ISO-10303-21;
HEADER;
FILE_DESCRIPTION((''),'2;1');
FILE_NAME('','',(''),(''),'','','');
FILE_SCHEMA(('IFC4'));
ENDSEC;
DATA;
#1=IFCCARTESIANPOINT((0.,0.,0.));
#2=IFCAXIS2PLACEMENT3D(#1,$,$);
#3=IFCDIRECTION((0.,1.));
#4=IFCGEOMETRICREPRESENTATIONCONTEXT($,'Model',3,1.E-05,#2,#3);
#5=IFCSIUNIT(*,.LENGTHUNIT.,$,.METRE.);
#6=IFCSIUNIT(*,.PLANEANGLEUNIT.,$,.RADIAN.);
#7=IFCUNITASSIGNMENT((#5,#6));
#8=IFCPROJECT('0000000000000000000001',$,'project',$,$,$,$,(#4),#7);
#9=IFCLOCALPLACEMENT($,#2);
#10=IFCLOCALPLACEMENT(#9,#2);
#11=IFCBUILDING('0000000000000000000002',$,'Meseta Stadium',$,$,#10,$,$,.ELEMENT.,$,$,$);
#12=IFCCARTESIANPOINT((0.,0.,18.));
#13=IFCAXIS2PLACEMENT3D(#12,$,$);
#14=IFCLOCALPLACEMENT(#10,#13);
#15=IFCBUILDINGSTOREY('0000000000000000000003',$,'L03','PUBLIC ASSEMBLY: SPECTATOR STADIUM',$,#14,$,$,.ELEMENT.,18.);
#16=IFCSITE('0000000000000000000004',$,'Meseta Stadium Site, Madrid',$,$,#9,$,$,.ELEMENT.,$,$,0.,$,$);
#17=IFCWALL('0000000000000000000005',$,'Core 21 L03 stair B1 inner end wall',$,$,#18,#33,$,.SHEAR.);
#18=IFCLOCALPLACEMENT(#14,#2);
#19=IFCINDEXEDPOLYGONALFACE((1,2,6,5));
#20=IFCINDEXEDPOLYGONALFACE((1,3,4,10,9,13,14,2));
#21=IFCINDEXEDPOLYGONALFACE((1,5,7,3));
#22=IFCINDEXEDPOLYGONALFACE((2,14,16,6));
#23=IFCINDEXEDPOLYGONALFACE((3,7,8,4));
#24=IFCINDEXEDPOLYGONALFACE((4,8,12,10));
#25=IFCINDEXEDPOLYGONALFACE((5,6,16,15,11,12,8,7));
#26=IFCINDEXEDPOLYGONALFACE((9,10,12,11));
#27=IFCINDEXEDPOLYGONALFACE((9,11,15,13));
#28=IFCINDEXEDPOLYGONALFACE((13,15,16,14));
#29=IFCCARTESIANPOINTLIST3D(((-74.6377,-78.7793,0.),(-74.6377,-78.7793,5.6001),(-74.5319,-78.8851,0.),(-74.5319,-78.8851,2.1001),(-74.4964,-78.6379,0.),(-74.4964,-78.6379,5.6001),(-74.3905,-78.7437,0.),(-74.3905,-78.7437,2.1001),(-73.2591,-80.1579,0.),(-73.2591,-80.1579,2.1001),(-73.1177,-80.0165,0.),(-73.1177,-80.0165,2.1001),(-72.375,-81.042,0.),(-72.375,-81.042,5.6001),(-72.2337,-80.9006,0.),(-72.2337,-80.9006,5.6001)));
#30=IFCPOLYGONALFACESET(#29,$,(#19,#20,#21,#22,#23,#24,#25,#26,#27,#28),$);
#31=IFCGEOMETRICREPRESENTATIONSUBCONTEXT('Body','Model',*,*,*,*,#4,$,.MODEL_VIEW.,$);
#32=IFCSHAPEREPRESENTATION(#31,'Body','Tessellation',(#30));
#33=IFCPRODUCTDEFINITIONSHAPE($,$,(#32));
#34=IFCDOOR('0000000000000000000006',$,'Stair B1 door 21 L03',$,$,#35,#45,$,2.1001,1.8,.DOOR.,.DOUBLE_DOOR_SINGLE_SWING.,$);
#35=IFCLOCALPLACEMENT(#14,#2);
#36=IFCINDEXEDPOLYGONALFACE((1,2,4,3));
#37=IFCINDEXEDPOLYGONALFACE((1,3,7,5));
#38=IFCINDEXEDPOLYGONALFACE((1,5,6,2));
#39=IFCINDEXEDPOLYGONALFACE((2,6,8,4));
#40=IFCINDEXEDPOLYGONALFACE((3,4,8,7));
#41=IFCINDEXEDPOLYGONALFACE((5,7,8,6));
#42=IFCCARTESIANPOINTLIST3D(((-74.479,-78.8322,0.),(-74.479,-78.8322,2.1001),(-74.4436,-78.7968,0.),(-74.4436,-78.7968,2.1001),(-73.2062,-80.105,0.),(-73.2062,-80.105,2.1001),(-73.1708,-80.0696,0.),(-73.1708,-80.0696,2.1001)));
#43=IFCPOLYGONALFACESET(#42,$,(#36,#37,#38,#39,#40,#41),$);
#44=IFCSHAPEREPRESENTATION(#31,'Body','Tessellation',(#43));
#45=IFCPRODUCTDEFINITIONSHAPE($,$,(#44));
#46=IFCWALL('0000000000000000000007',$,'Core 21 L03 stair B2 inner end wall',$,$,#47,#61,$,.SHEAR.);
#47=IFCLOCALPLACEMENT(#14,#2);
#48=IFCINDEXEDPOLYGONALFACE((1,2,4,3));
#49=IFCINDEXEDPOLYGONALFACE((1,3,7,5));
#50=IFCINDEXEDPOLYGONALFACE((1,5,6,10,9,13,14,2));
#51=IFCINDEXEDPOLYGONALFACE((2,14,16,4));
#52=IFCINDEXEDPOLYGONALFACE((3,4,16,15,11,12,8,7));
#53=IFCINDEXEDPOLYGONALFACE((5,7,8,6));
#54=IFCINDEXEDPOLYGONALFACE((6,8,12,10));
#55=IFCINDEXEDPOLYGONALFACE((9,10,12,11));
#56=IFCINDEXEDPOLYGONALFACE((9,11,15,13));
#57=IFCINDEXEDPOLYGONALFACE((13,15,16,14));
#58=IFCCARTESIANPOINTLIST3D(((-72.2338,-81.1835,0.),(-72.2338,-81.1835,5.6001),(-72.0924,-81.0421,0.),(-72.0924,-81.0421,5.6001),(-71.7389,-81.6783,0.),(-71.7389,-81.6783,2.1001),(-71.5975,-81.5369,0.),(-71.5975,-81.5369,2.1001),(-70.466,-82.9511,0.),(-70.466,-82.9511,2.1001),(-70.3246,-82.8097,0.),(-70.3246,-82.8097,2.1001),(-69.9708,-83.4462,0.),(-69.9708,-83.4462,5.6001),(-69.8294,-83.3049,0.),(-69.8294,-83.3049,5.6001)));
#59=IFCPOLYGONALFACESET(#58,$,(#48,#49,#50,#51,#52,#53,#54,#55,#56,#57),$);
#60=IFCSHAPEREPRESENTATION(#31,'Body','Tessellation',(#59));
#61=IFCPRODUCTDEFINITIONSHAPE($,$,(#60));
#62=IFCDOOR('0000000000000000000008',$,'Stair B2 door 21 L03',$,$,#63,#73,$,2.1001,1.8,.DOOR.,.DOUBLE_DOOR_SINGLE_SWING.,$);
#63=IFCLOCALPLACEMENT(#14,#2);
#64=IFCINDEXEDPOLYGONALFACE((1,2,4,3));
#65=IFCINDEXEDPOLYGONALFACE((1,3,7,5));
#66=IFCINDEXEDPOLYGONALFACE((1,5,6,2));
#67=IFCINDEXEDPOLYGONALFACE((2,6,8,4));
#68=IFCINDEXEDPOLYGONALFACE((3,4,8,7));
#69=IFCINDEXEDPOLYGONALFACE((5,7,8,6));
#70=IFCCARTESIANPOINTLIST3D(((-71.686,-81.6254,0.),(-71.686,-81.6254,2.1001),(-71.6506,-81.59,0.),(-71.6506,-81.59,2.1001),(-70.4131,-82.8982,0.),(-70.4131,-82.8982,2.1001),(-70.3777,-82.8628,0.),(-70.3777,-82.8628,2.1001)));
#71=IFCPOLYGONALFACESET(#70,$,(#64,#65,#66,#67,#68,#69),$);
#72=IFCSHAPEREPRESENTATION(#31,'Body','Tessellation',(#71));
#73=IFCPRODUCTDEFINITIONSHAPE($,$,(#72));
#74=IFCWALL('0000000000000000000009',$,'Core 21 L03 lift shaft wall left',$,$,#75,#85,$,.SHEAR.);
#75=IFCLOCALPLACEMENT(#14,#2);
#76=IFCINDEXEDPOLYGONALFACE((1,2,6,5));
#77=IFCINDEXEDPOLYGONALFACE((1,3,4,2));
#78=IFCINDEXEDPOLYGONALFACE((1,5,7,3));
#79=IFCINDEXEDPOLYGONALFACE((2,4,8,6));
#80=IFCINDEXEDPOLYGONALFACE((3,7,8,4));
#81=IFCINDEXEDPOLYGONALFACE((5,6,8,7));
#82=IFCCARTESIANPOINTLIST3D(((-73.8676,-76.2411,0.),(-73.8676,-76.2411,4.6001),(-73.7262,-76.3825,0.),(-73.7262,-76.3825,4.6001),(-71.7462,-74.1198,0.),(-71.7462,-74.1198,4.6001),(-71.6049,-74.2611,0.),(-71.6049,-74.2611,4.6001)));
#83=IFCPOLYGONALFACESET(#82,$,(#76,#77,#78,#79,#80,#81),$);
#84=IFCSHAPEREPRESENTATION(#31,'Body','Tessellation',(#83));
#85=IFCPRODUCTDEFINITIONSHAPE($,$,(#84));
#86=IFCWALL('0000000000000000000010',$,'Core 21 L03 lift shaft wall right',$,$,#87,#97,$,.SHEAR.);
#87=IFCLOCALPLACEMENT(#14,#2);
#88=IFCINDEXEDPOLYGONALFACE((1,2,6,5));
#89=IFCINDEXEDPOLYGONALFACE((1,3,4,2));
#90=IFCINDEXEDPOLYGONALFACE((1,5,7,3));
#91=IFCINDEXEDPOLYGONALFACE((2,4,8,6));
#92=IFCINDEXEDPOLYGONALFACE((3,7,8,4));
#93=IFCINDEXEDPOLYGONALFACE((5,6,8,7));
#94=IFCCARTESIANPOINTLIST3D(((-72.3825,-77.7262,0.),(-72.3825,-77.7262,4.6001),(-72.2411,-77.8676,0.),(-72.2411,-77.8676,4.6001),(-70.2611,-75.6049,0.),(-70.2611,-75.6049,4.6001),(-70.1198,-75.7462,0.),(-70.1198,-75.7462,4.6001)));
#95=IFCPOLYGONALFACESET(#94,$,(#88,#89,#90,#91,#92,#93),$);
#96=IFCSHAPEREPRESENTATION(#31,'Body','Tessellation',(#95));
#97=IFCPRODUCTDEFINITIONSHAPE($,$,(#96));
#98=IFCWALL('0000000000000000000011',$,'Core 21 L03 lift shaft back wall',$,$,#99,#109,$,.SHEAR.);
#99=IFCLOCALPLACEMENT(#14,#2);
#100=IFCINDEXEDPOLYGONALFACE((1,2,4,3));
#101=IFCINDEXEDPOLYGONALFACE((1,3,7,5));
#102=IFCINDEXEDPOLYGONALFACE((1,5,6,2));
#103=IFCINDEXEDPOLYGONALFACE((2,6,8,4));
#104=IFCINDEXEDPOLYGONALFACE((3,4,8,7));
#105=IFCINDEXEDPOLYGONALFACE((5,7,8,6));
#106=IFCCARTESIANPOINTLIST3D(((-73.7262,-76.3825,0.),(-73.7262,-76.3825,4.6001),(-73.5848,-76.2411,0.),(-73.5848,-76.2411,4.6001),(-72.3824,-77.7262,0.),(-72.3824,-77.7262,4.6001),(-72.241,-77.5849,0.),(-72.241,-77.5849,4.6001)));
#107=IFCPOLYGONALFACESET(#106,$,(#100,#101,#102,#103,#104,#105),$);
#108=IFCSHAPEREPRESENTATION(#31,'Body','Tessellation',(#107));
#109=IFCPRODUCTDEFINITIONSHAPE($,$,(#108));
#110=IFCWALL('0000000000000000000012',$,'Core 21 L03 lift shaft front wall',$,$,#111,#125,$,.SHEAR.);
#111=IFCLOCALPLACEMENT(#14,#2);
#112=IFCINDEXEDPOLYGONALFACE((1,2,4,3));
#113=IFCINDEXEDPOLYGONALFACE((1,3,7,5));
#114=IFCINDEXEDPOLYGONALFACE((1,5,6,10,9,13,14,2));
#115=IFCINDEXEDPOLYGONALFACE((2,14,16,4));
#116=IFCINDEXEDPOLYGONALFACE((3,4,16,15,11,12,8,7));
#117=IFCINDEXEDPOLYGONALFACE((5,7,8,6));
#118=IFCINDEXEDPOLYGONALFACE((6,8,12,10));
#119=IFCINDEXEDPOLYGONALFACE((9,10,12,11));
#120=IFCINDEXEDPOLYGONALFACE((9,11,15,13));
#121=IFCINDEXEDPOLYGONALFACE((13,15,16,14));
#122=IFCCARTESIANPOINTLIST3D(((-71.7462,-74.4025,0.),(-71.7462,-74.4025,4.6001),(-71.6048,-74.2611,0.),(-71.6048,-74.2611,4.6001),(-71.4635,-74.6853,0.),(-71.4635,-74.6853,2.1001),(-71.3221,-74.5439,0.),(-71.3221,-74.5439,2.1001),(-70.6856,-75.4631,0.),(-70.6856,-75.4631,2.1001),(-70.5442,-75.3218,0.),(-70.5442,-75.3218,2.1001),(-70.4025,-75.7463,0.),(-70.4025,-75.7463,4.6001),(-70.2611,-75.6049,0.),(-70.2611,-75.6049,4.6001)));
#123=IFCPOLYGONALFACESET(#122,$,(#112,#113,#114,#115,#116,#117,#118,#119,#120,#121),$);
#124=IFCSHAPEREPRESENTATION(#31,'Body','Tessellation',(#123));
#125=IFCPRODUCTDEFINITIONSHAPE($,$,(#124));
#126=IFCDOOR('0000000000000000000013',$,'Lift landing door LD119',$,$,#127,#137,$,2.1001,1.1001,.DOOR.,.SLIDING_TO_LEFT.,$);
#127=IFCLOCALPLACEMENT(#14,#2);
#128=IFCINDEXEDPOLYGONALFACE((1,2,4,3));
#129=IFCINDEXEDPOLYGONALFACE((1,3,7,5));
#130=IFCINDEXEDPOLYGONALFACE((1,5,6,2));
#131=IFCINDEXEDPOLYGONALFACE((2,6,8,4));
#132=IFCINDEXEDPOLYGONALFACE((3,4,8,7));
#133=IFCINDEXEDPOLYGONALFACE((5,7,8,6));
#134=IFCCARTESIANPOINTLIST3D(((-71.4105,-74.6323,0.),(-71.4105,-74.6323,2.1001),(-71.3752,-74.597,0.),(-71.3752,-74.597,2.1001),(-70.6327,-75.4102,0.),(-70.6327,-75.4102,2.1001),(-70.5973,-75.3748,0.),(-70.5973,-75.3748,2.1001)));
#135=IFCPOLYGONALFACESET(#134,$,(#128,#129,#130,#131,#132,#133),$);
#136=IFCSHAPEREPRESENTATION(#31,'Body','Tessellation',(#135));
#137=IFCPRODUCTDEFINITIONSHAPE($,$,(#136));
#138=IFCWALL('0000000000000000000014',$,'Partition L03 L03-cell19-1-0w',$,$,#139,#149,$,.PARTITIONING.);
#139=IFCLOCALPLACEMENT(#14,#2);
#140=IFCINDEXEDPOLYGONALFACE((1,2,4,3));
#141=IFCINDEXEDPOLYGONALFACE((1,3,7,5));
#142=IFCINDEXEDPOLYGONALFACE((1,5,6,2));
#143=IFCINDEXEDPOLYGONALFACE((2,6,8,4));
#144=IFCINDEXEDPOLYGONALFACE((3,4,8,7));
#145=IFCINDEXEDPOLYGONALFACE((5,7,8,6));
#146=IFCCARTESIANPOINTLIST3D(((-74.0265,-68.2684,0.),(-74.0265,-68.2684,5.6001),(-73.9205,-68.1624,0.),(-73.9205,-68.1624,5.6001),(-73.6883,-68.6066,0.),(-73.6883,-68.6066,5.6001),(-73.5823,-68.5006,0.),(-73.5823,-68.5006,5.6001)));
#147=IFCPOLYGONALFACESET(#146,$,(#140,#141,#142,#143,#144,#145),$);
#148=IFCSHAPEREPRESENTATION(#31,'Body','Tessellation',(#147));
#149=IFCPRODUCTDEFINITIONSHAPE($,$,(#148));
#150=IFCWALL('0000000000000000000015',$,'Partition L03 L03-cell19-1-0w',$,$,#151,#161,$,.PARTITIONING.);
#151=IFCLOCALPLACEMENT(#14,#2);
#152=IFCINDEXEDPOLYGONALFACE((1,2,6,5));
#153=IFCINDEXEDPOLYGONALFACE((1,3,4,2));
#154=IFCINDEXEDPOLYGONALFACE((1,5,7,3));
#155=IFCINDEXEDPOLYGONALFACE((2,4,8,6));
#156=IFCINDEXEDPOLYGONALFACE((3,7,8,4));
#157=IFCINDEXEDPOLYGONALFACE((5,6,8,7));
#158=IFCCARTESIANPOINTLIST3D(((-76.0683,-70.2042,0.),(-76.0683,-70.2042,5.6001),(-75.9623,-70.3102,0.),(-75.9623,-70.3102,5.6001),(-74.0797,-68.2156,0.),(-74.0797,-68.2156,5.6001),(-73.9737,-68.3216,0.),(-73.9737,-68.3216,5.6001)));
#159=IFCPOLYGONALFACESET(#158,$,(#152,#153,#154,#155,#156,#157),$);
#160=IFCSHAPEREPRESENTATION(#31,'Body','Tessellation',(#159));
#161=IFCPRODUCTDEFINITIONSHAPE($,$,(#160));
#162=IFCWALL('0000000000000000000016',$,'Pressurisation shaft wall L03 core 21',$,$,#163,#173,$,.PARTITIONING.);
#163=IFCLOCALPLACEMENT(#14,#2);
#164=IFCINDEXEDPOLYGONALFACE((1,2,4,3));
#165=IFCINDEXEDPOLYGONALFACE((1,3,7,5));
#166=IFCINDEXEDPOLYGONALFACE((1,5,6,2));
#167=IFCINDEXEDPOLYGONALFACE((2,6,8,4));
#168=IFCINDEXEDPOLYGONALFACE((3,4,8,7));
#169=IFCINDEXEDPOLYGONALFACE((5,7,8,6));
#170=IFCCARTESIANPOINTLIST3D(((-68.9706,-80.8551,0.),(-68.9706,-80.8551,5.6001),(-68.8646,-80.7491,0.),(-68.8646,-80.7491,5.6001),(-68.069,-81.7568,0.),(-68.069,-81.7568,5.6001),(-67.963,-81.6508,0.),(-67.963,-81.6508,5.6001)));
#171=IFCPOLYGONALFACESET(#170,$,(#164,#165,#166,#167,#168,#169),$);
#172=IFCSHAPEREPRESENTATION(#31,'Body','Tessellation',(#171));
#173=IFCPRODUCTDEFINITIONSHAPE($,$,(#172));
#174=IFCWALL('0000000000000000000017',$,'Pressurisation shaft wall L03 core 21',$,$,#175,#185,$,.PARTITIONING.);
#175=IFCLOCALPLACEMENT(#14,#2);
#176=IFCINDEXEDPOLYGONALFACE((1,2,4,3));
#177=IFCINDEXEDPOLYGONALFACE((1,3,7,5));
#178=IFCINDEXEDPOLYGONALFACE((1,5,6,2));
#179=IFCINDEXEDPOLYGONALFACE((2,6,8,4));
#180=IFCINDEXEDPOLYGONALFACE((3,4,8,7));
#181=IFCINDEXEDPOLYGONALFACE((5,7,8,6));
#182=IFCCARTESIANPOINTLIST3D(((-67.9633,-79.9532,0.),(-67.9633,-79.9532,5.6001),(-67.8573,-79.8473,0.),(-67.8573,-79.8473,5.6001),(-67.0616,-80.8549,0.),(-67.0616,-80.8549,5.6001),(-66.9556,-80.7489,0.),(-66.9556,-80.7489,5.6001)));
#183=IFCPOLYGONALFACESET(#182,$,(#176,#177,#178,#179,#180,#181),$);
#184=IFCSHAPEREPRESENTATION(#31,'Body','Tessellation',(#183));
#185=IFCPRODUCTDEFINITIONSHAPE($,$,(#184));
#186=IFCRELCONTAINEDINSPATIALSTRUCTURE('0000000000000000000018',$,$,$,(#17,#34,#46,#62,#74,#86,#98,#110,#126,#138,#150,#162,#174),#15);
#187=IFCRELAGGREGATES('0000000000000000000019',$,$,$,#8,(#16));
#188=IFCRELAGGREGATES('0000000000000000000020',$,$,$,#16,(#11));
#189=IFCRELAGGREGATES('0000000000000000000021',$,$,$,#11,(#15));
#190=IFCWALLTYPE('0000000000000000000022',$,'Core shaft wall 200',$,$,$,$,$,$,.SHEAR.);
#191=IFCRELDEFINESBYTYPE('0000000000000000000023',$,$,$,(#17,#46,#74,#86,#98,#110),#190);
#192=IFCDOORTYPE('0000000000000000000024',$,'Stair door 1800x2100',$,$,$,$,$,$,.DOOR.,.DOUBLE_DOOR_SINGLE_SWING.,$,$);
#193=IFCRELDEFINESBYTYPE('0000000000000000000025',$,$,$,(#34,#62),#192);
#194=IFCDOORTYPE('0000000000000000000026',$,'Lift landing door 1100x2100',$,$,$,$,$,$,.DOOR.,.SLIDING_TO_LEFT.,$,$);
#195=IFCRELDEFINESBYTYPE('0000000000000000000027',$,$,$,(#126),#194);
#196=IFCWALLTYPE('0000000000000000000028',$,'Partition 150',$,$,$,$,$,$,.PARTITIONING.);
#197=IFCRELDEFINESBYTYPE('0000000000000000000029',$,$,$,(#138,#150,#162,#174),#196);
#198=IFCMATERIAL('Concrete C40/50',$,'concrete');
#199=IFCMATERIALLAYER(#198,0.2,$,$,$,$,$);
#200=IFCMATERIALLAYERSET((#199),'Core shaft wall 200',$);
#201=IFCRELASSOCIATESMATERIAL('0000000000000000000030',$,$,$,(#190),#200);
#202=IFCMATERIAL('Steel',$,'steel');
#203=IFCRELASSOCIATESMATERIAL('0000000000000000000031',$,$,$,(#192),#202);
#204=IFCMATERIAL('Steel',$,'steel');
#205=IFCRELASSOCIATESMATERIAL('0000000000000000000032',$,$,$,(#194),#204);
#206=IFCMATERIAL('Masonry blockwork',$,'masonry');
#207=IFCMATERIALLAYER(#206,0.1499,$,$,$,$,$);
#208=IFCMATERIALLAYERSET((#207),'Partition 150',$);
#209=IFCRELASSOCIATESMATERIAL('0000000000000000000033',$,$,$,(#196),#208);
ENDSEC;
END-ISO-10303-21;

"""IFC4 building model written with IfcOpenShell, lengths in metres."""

from ifc_helpers import new_model, si_unit, direction, frame, frame_2d, origin, place, context, subcontext, project, spatial, rectangle, extrude, material, layer, layer_set, type_object, element, fill, save


model = new_model("IFC4")

# Units and contexts
model_context = context("Model", 3, precision=1e-05, world=origin(), true_north=direction((0.0, 1.0)))
body_context = subcontext(model_context, "Body", "Model", "MODEL_VIEW")
ifc_project = project(units=[si_unit("LENGTHUNIT", "METRE"), si_unit("PLANEANGLEUNIT", "RADIAN")], contexts=[model_context])

# Site, building, storey
site_placement = place(None, origin())
site = spatial("IfcSite", under=ifc_project, at=site_placement, Name="Meseta Stadium Site, Madrid", CompositionType="ELEMENT", RefElevation=0.0)
building_placement = place(site_placement, origin())
building = spatial("IfcBuilding", under=site, at=building_placement, Name="Meseta Stadium", CompositionType="ELEMENT")
storey_placement = place(building_placement, frame((0.0, 0.0, 18.0)))
storey = spatial("IfcBuildingStorey", under=building, at=storey_placement, Name="L03", Description="PUBLIC ASSEMBLY: SPECTATOR STADIUM", CompositionType="ELEMENT", Elevation=18.0)

# Walls, openings, doors
ifc_material_1 = material(Name="Concrete C40/50", Category="concrete")
ifc_layer_1 = layer(ifc_material_1, 0.2)
ifc_layer_set_1 = layer_set([ifc_layer_1], Name="Core shaft wall 200")
wall_type_1 = type_object("IfcWallType", Name="Core shaft wall 200", PredefinedType="SHEAR", material=ifc_layer_set_1)
wall_1_placement = place(storey_placement, frame((-74.5671, -78.7085, 0.0), z_axis=(0.0, 0.0, 1.0), x_axis=(0.707107, -0.707107, 0.0)))
wall_1 = element("IfcWall", 1, at=wall_1_placement, inside=storey, type_object=wall_type_1, Name="Core 21 L03 stair B1 inner end wall", PredefinedType="SHEAR", context=body_context, shape_type="SweptSolid", body=[
    extrude(rectangle(XDim=3.2, YDim=0.2, at=frame_2d((1.6001, 0.0))), origin(), (0.0, 0.0, 1.0), 5.6001),
])
opening_1_placement = place(wall_1_placement, frame((0.1499, 0.0, 0.0)))
opening_1 = element("IfcOpeningElement", 2, at=opening_1_placement, cuts=wall_1, PredefinedType="OPENING", context=body_context, shape_type="SweptSolid", body=[
    extrude(rectangle(XDim=1.8, YDim=2.1001, at=frame_2d((0.8999, 1.05))), frame((0.0, 0.1099, 0.0), z_axis=(0.0, -1.0, 0.0), x_axis=(1.0, 0.0, 0.0)), (0.0, 0.0, 1.0), 0.22),
])
ifc_material_2 = material(Name="Steel", Category="steel")
door_type_1 = type_object("IfcDoorType", Name="Stair door 1800x2100", OperationType="DOUBLE_DOOR_SINGLE_SWING", PredefinedType="DOOR", material=ifc_material_2)
door_1_placement = place(opening_1_placement, origin())
door_1 = element("IfcDoor", 3, at=door_1_placement, inside=storey, type_object=door_type_1, Name="Stair B1 door 21 L03", OperationType="DOUBLE_DOOR_SINGLE_SWING", OverallHeight=2.1001, OverallWidth=1.8, PredefinedType="DOOR", context=body_context, shape_type="SweptSolid", body=[
    extrude(rectangle(XDim=1.8, YDim=2.1001, at=frame_2d((0.8999, 1.05))), frame((0.0, 0.0249, 0.0), z_axis=(0.0, -1.0, 0.0), x_axis=(1.0, 0.0, 0.0)), (0.0, 0.0, 1.0), 0.05),
])
fill(opening_1, door_1)
wall_2_placement = place(storey_placement, frame((-72.1631, -81.1128, 0.0), z_axis=(0.0, 0.0, 1.0), x_axis=(0.707145, -0.707069, 0.0)))
wall_2 = element("IfcWall", 4, at=wall_2_placement, inside=storey, type_object=wall_type_1, Name="Core 21 L03 stair B2 inner end wall", PredefinedType="SHEAR", context=body_context, shape_type="SweptSolid", body=[
    extrude(rectangle(XDim=3.2002, YDim=0.2, at=frame_2d((1.6001, 0.0))), origin(), (0.0, 0.0, 1.0), 5.6001),
])
opening_2_placement = place(wall_2_placement, frame((0.7, 0.0, 0.0)))
opening_2 = element("IfcOpeningElement", 5, at=opening_2_placement, cuts=wall_2, PredefinedType="OPENING", context=body_context, shape_type="SweptSolid", body=[
    extrude(rectangle(XDim=1.8, YDim=2.1001, at=frame_2d((0.8999, 1.05))), frame((0.0, 0.1099, 0.0), z_axis=(0.0, -1.0, 0.0), x_axis=(1.0, 0.0, 0.0)), (0.0, 0.0, 1.0), 0.22),
])
door_2_placement = place(opening_2_placement, origin())
door_2 = element("IfcDoor", 6, at=door_2_placement, inside=storey, type_object=door_type_1, Name="Stair B2 door 21 L03", OperationType="DOUBLE_DOOR_SINGLE_SWING", OverallHeight=2.1001, OverallWidth=1.8, PredefinedType="DOOR", context=body_context, shape_type="SweptSolid", body=[
    extrude(rectangle(XDim=1.8, YDim=2.1001, at=frame_2d((0.8999, 1.05))), frame((0.0, 0.0249, 0.0), z_axis=(0.0, -1.0, 0.0), x_axis=(1.0, 0.0, 0.0)), (0.0, 0.0, 1.0), 0.05),
])
fill(opening_2, door_2)

# Walls
for number, where, z_axis, x_axis, name in (
    (7, (-73.7969, -76.3118, 0.0), (0.0, 0.0, 1.0), (0.707107, 0.707107, 0.0), "Core 21 L03 lift shaft wall left"),
    (8, (-72.3118, -77.7969, 0.0), (0.0, 0.0, 1.0), (0.707107, 0.707107, 0.0), "Core 21 L03 lift shaft wall right"),
):
    element("IfcWall", number, at=place(storey_placement, frame(where, z_axis=z_axis, x_axis=x_axis)), inside=storey, type_object=wall_type_1, Name=name, PredefinedType="SHEAR", context=body_context, shape_type="SweptSolid", body=[
        extrude(rectangle(XDim=3.0, YDim=0.2, at=frame_2d((1.5, 0.0))), origin(), (0.0, 0.0, 1.0), 4.6001),
    ])
wall_3_placement = place(storey_placement, frame((-73.6555, -76.3118, 0.0), z_axis=(0.0, 0.0, 1.0), x_axis=(0.707107, -0.707107, 0.0)))
element("IfcWall", 9, at=wall_3_placement, inside=storey, type_object=wall_type_1, Name="Core 21 L03 lift shaft back wall", PredefinedType="SHEAR", context=body_context, shape_type="SweptSolid", body=[
    extrude(rectangle(XDim=1.9004, YDim=0.2, at=frame_2d((0.9502, 0.0))), origin(), (0.0, 0.0, 1.0), 4.6001),
])

# Wall, opening, door
wall_4_placement = place(storey_placement, frame((-71.6755, -74.3318, 0.0), z_axis=(0.0, 0.0, 1.0), x_axis=(0.707107, -0.707107, 0.0)))
wall_4 = element("IfcWall", 10, at=wall_4_placement, inside=storey, type_object=wall_type_1, Name="Core 21 L03 lift shaft front wall", PredefinedType="SHEAR", context=body_context, shape_type="SweptSolid", body=[
    extrude(rectangle(XDim=1.9004, YDim=0.2, at=frame_2d((0.9502, 0.0))), origin(), (0.0, 0.0, 1.0), 4.6001),
])
opening_3_placement = place(wall_4_placement, frame((0.3999, 0.0, 0.0)))
opening_3 = element("IfcOpeningElement", 11, at=opening_3_placement, cuts=wall_4, PredefinedType="OPENING", context=body_context, shape_type="SweptSolid", body=[
    extrude(rectangle(XDim=1.1001, YDim=2.1001, at=frame_2d((0.55, 1.05))), frame((0.0, 0.1099, 0.0), z_axis=(0.0, -1.0, 0.0), x_axis=(1.0, 0.0, 0.0)), (0.0, 0.0, 1.0), 0.22),
])
ifc_material_3 = material(Name="Steel", Category="steel")
door_type_2 = type_object("IfcDoorType", Name="Lift landing door 1100x2100", OperationType="SLIDING_TO_LEFT", PredefinedType="DOOR", material=ifc_material_3)
door_3_placement = place(opening_3_placement, origin())
door_3 = element("IfcDoor", 12, at=door_3_placement, inside=storey, type_object=door_type_2, Name="Lift landing door LD119", OperationType="SLIDING_TO_LEFT", OverallHeight=2.1001, OverallWidth=1.1001, PredefinedType="DOOR", context=body_context, shape_type="SweptSolid", body=[
    extrude(rectangle(XDim=1.1001, YDim=2.1001, at=frame_2d((0.55, 1.05))), frame((0.0, 0.0249, 0.0), z_axis=(0.0, -1.0, 0.0), x_axis=(1.0, 0.0, 0.0)), (0.0, 0.0, 1.0), 0.05),
])
fill(opening_3, door_3)

# Walls
ifc_material_4 = material(Name="Masonry blockwork", Category="masonry")
ifc_layer_2 = layer(ifc_material_4, 0.1499)
ifc_layer_set_2 = layer_set([ifc_layer_2], Name="Partition 150")
wall_type_2 = type_object("IfcWallType", Name="Partition 150", PredefinedType="PARTITIONING", material=ifc_layer_set_2)
wall_5_placement = place(storey_placement, frame((-73.6353, -68.5537, 0.0), z_axis=(0.0, 0.0, 1.0), x_axis=(-0.707107, 0.707107, 0.0)))
element("IfcWall", 13, at=wall_5_placement, inside=storey, type_object=wall_type_2, Name="Partition L03 L03-cell19-1-0w", PredefinedType="PARTITIONING", context=body_context, shape_type="SweptSolid", body=[
    extrude(rectangle(XDim=0.4783, YDim=0.1499, at=frame_2d((0.2393, 0.0))), origin(), (0.0, 0.0, 1.0), 5.6001),
])
wall_6_placement = place(storey_placement, frame((-74.0266, -68.2686, 0.0), z_axis=(0.0, 0.0, 1.0), x_axis=(-0.707107, -0.707107, 0.0)))
element("IfcWall", 14, at=wall_6_placement, inside=storey, type_object=wall_type_2, Name="Partition L03 L03-cell19-1-0w", PredefinedType="PARTITIONING", context=body_context, shape_type="SweptSolid", body=[
    extrude(rectangle(XDim=2.8123, YDim=0.1499, at=frame_2d((1.4062, 0.0))), origin(), (0.0, 0.0, 1.0), 5.6001),
])
for number, where, z_axis, x_axis, name in (
    (15, (-68.9177, -80.802, 0.0), (0.0, 0.0, 1.0), (0.707107, -0.707107, 0.0), "Pressurisation shaft wall L03 core 21"),
    (16, (-67.0085, -80.802, 0.0), (0.0, 0.0, 1.0), (-0.707107, 0.707107, 0.0), "Pressurisation shaft wall L03 core 21"),
):
    element("IfcWall", number, at=place(storey_placement, frame(where, z_axis=z_axis, x_axis=x_axis)), inside=storey, type_object=wall_type_2, Name=name, PredefinedType="PARTITIONING", context=body_context, shape_type="SweptSolid", body=[
        extrude(rectangle(XDim=1.2751, YDim=0.1499, at=frame_2d((0.6377, 0.0))), origin(), (0.0, 0.0, 1.0), 5.6001),
    ])

save(model, "model.ifc")
